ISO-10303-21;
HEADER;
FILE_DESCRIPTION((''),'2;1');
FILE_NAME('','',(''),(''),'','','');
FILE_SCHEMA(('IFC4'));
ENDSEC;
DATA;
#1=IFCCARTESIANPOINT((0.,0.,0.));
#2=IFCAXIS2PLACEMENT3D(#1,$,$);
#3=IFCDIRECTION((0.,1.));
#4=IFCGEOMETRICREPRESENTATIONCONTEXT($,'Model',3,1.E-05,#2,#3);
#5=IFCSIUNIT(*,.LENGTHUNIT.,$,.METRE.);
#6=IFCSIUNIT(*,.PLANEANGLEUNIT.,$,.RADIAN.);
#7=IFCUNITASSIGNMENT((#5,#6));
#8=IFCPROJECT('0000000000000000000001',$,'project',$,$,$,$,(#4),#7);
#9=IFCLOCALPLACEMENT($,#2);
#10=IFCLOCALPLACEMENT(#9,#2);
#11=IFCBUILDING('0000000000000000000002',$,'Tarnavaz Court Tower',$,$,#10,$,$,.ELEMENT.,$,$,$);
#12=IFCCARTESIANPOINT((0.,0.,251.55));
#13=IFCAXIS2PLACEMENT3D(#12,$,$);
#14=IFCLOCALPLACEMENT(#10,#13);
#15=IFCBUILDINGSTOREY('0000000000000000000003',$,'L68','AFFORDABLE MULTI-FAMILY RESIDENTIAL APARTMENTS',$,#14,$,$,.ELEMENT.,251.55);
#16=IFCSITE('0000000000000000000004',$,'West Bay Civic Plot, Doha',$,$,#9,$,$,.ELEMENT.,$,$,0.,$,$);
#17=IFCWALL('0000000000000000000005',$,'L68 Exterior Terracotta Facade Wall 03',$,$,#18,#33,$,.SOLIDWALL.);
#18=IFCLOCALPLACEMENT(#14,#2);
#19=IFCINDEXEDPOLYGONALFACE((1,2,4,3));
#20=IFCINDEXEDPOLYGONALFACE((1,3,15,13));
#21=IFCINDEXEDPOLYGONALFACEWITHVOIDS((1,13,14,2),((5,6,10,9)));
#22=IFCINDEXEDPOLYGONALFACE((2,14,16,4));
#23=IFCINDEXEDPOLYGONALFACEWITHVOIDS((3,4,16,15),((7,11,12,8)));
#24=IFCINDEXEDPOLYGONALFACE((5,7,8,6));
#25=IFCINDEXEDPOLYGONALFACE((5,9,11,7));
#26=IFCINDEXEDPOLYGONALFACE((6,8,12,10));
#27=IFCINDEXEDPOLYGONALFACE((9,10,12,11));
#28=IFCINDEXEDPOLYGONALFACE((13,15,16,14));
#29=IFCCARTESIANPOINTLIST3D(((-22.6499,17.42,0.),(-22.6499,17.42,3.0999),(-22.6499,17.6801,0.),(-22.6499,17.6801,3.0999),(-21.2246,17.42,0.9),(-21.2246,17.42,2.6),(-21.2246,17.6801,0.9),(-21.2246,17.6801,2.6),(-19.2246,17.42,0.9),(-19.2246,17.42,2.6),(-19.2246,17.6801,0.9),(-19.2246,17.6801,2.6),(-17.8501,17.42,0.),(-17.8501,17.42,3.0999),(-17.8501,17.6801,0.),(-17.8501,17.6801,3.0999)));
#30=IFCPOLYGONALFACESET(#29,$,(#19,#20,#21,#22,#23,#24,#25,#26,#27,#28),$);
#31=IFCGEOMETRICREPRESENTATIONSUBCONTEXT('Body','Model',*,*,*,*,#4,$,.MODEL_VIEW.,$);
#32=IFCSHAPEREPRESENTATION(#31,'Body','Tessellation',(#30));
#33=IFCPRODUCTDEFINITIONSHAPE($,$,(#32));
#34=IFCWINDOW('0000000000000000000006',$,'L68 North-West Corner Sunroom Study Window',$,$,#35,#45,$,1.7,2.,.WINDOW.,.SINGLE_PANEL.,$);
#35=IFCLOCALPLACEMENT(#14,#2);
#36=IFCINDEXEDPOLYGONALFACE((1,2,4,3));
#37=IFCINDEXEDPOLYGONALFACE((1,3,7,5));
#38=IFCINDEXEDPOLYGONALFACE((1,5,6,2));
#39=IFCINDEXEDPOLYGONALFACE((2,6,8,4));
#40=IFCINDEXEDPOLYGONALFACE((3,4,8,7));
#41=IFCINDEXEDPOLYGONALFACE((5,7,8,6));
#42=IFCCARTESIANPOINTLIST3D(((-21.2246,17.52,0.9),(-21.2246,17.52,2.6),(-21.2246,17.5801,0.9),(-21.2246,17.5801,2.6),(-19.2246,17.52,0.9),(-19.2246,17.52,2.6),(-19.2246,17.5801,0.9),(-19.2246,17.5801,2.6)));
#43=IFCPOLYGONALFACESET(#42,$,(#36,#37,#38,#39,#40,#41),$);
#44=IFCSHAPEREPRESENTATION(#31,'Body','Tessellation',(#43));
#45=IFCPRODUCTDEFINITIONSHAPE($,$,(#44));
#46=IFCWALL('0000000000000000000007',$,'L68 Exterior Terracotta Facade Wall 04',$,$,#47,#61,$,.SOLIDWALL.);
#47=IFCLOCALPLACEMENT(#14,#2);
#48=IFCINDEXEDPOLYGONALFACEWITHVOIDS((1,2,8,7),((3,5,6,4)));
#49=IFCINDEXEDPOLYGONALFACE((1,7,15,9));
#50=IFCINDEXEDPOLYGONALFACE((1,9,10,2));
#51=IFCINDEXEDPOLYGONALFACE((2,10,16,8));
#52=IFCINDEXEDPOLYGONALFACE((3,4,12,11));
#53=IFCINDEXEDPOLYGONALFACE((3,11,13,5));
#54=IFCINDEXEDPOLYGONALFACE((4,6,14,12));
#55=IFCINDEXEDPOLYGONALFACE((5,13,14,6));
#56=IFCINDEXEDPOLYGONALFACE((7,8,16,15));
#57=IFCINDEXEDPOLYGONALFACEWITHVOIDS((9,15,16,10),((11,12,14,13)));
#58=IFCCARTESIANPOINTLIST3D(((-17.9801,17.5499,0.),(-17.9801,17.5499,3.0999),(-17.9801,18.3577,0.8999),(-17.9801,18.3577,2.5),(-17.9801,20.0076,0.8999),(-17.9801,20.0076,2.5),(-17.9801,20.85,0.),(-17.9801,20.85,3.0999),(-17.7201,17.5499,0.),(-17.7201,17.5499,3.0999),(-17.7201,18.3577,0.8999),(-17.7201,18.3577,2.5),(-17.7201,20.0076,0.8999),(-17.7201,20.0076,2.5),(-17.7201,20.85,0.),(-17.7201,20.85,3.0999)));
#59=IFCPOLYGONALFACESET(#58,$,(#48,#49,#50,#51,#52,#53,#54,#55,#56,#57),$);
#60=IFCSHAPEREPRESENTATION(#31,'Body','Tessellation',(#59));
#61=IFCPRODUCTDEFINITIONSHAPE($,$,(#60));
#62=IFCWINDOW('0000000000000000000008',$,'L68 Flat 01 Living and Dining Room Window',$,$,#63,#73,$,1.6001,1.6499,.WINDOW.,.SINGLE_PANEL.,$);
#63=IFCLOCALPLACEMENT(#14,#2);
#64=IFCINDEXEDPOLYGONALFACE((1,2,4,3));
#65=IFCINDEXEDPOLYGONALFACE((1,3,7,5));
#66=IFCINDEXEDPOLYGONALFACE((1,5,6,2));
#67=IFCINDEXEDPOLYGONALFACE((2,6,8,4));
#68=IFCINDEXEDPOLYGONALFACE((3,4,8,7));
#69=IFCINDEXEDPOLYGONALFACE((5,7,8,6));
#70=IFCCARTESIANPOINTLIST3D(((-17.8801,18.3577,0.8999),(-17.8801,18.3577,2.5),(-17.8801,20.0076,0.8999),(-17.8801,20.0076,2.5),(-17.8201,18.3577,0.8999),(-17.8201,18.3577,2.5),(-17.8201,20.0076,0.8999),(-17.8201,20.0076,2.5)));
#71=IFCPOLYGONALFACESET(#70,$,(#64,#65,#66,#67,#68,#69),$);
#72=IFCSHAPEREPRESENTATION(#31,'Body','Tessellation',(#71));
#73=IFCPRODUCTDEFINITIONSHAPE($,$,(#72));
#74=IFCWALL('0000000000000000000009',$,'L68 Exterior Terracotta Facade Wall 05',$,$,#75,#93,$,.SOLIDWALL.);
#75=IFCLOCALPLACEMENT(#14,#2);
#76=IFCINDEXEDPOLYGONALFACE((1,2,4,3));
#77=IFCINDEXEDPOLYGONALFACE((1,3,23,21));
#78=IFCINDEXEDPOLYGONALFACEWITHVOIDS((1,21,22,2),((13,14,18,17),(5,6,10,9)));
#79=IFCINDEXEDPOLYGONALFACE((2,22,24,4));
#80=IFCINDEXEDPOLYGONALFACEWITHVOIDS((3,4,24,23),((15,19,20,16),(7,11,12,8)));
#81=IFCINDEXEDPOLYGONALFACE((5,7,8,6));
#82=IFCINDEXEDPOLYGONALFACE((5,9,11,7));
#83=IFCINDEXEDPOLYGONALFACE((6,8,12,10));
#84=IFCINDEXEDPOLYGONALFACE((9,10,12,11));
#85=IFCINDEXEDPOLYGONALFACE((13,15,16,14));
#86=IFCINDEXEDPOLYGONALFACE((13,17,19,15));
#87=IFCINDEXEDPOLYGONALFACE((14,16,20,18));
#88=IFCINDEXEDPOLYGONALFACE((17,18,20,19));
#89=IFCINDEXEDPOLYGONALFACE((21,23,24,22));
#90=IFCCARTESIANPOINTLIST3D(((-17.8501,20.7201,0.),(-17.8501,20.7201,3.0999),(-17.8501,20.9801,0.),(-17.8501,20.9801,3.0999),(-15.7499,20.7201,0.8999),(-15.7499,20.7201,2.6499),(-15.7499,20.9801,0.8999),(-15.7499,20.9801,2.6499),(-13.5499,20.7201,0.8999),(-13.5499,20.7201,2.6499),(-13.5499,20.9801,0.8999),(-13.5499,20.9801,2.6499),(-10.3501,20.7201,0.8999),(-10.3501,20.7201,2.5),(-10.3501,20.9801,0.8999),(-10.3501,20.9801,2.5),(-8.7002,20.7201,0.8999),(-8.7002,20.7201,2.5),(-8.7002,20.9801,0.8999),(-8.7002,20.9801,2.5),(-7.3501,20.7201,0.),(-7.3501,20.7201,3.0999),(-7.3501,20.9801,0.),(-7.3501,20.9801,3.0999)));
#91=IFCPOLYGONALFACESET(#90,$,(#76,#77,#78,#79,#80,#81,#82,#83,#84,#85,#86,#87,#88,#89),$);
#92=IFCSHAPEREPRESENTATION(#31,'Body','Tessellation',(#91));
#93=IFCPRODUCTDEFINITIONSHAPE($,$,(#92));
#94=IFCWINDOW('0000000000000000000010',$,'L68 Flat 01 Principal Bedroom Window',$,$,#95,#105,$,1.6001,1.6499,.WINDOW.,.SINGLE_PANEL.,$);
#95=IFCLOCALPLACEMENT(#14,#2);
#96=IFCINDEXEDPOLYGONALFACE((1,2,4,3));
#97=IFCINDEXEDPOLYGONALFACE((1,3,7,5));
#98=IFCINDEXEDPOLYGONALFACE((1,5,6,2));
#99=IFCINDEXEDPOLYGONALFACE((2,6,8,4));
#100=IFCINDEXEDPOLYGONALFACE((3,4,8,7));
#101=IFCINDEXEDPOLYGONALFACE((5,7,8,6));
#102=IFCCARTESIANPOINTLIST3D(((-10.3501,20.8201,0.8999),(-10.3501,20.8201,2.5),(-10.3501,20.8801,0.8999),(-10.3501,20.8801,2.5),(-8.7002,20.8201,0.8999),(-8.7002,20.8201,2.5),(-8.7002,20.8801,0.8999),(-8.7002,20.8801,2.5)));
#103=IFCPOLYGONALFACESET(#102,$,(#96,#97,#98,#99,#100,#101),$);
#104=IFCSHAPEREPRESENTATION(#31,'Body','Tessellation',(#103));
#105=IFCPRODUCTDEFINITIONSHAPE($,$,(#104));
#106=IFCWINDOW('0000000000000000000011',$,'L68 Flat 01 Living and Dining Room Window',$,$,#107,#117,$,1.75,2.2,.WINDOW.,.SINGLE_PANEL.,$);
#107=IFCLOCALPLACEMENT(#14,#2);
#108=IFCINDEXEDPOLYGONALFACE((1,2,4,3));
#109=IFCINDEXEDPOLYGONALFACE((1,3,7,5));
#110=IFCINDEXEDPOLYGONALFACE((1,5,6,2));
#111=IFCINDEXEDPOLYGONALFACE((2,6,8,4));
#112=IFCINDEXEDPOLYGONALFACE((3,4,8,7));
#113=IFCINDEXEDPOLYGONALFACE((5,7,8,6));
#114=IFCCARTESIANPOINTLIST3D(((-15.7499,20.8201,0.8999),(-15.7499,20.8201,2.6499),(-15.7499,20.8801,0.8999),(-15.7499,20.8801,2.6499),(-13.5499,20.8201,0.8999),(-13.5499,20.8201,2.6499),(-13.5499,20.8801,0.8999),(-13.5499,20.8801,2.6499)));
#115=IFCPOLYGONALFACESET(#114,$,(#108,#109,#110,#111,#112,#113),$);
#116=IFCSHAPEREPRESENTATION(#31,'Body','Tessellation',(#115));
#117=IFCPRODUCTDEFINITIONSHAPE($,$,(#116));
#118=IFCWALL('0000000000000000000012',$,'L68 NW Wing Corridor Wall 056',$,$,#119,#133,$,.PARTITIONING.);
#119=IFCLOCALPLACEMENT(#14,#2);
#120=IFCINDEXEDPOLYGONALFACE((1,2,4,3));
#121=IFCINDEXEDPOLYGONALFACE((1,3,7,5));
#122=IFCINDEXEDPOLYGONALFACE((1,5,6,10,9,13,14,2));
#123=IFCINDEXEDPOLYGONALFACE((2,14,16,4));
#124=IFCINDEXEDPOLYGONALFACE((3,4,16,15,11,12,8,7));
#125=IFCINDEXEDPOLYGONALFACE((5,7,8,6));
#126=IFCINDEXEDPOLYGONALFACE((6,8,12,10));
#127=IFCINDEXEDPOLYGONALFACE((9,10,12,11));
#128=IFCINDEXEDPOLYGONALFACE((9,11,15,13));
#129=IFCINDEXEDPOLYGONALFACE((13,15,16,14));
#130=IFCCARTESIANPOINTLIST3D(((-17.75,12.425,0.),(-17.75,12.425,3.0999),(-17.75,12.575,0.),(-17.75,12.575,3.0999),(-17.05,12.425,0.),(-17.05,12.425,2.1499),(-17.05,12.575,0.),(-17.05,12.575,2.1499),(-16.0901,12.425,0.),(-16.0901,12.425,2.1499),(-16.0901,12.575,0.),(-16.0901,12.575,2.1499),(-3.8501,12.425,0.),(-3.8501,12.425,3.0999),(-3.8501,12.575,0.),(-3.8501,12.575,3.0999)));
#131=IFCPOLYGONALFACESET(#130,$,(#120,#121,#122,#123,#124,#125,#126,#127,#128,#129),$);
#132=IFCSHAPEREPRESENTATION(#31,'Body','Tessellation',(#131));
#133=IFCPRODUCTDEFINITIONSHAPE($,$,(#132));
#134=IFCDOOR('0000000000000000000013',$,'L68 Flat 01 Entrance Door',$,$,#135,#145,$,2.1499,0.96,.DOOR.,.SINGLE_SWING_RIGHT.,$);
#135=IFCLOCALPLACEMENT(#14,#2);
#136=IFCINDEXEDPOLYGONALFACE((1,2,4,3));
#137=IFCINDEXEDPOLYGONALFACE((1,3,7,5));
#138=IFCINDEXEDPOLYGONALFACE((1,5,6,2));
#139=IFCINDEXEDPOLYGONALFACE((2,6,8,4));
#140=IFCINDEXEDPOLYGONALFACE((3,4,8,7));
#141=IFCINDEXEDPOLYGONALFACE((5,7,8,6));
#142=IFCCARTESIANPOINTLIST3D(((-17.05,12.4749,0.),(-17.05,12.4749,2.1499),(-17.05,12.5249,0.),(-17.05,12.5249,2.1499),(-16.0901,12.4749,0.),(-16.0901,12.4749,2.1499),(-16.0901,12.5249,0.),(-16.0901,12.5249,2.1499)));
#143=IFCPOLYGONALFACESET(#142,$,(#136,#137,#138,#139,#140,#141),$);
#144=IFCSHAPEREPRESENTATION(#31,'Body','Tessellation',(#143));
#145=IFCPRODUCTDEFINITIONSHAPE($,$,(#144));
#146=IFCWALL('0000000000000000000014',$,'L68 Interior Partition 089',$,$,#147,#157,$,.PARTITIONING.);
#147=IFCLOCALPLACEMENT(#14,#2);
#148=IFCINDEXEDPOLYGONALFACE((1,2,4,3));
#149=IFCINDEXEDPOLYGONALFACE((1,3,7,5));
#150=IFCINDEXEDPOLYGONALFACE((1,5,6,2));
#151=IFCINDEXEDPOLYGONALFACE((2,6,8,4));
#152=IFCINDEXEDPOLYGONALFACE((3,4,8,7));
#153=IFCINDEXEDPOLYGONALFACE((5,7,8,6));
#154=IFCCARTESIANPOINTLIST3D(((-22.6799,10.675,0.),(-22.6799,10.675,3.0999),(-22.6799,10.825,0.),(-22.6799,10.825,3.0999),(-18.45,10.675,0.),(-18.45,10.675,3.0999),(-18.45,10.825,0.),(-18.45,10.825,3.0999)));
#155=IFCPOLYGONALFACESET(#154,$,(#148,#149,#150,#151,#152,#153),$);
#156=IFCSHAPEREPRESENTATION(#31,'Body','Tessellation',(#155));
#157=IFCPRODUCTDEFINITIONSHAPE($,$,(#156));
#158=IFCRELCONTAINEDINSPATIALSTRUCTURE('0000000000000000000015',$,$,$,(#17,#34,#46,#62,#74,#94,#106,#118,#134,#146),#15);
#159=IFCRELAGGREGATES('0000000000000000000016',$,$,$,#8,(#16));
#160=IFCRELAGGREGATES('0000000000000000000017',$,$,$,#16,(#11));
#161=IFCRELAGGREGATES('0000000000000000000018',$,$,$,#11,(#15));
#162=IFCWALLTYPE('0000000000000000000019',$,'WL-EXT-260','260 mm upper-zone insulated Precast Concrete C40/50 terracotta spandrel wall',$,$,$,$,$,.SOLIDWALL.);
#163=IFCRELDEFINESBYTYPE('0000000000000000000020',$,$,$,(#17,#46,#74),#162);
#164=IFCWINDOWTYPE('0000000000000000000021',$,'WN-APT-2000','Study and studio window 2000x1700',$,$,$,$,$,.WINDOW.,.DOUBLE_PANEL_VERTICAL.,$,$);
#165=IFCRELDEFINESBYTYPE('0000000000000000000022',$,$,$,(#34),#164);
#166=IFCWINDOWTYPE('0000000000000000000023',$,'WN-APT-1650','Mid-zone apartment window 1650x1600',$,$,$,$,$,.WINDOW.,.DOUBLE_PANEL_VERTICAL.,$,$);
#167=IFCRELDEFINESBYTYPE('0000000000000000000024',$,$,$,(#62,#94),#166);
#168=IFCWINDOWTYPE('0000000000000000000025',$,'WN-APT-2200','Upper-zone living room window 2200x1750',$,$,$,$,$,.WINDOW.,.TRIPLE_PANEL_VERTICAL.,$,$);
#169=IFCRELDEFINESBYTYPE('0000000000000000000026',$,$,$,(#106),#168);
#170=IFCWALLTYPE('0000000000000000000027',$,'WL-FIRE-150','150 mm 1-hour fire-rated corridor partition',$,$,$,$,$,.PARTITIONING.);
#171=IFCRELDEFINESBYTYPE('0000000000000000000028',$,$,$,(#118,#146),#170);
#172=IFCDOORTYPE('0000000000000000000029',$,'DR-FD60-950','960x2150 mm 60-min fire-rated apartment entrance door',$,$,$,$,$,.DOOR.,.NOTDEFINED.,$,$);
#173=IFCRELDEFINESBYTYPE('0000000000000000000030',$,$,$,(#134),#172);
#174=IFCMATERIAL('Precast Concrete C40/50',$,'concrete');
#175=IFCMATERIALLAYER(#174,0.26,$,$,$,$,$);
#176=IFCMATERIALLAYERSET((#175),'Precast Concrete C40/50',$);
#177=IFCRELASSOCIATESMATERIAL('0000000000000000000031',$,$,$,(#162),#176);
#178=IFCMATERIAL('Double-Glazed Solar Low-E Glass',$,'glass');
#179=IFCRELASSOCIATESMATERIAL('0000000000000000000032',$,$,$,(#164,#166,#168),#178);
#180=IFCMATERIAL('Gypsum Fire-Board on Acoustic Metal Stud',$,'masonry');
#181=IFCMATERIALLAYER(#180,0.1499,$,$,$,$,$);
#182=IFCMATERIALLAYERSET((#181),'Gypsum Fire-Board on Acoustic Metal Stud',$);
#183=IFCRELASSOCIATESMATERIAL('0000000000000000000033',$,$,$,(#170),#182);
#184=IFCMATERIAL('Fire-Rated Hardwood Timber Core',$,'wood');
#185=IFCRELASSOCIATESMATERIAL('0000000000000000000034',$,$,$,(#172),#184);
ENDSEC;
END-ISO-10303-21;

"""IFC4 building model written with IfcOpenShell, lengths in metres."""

from ifc_helpers import new_model, si_unit, direction, frame, frame_2d, origin, place, context, subcontext, project, spatial, rectangle, extrude, material, layer, layer_set, type_object, element, fill, save


model = new_model("IFC4")

# Units and contexts
model_context = context("Model", 3, precision=1e-05, world=origin(), true_north=direction((0.0, 1.0)))
body_context = subcontext(model_context, "Body", "Model", "MODEL_VIEW")
ifc_project = project(units=[si_unit("LENGTHUNIT", "METRE"), si_unit("PLANEANGLEUNIT", "RADIAN")], contexts=[model_context])

# Site, building, storey
site_placement = place(None, origin())
site = spatial("IfcSite", under=ifc_project, at=site_placement, Name="West Bay Civic Plot, Doha", CompositionType="ELEMENT", RefElevation=0.0)
building_placement = place(site_placement, origin())
building = spatial("IfcBuilding", under=site, at=building_placement, Name="Tarnavaz Court Tower", CompositionType="ELEMENT")
storey_placement = place(building_placement, frame((0.0, 0.0, 251.55)))
storey = spatial("IfcBuildingStorey", under=building, at=storey_placement, Name="L68", Description="AFFORDABLE MULTI-FAMILY RESIDENTIAL APARTMENTS", CompositionType="ELEMENT", Elevation=251.55)

# Walls, openings, windows
ifc_material_1 = material(Name="Precast Concrete C40/50", Category="concrete")
ifc_layer_1 = layer(ifc_material_1, 0.26)
ifc_layer_set_1 = layer_set([ifc_layer_1], Name="Precast Concrete C40/50")
wall_type_1 = type_object("IfcWallType", Name="WL-EXT-260", Description="260 mm upper-zone insulated Precast Concrete C40/50 terracotta spandrel wall", PredefinedType="SOLIDWALL", material=ifc_layer_set_1)
wall_1_placement = place(storey_placement, frame((-22.6499, 17.55, 0.0), z_axis=(0.0, 0.0, 1.0), x_axis=(1.0, 0.0, 0.0)))
wall_1 = element("IfcWall", 1, at=wall_1_placement, inside=storey, type_object=wall_type_1, Name="L68 Exterior Terracotta Facade Wall 03", PredefinedType="SOLIDWALL", context=body_context, shape_type="SweptSolid", body=[
    extrude(rectangle(XDim=4.7998, YDim=0.26, at=frame_2d((2.3999, 0.0))), origin(), (0.0, 0.0, 1.0), 3.0999),
])
opening_1_placement = place(wall_1_placement, frame((1.4253, 0.0, 0.8999)))
opening_1 = element("IfcOpeningElement", 2, at=opening_1_placement, cuts=wall_1, PredefinedType="OPENING", context=body_context, shape_type="SweptSolid", body=[
    extrude(rectangle(XDim=2.0, YDim=1.7, at=frame_2d((1.0, 0.8501))), frame((0.0, 0.1399, 0.0), z_axis=(0.0, -1.0, 0.0), x_axis=(1.0, 0.0, 0.0)), (0.0, 0.0, 1.0), 0.28),
])
ifc_material_2 = material(Name="Double-Glazed Solar Low-E Glass", Category="glass")
window_type_1 = type_object("IfcWindowType", Name="WN-APT-2000", Description="Study and studio window 2000x1700", PartitioningType="DOUBLE_PANEL_VERTICAL", PredefinedType="WINDOW", material=ifc_material_2)
window_1_placement = place(opening_1_placement, origin())
window_1 = element("IfcWindow", 3, at=window_1_placement, inside=storey, type_object=window_type_1, Name="L68 North-West Corner Sunroom Study Window", OverallHeight=1.7, OverallWidth=2.0, PartitioningType="SINGLE_PANEL", PredefinedType="WINDOW", context=body_context, shape_type="SweptSolid", body=[
    extrude(rectangle(XDim=2.0, YDim=1.7, at=frame_2d((1.0, 0.8501))), frame((0.0, 0.03, 0.0), z_axis=(0.0, -1.0, 0.0), x_axis=(1.0, 0.0, 0.0)), (0.0, 0.0, 1.0), 0.0601),
])
fill(opening_1, window_1)
wall_2_placement = place(storey_placement, frame((-17.8501, 17.55, 0.0), z_axis=(0.0, 0.0, 1.0), x_axis=(0.0, 1.0, 0.0)))
wall_2 = element("IfcWall", 4, at=wall_2_placement, inside=storey, type_object=wall_type_1, Name="L68 Exterior Terracotta Facade Wall 04", PredefinedType="SOLIDWALL", context=body_context, shape_type="SweptSolid", body=[
    extrude(rectangle(XDim=3.3, YDim=0.26, at=frame_2d((1.6499, 0.0))), origin(), (0.0, 0.0, 1.0), 3.0999),
])
opening_2_placement = place(wall_2_placement, frame((0.8076, 0.0, 0.8999)))
opening_2 = element("IfcOpeningElement", 5, at=opening_2_placement, cuts=wall_2, PredefinedType="OPENING", context=body_context, shape_type="SweptSolid", body=[
    extrude(rectangle(XDim=1.6499, YDim=1.6001, at=frame_2d((0.825, 0.8))), frame((0.0, 0.1399, 0.0), z_axis=(0.0, -1.0, 0.0), x_axis=(1.0, 0.0, 0.0)), (0.0, 0.0, 1.0), 0.28),
])
window_type_2 = type_object("IfcWindowType", Name="WN-APT-1650", Description="Mid-zone apartment window 1650x1600", PartitioningType="DOUBLE_PANEL_VERTICAL", PredefinedType="WINDOW", material=ifc_material_2)
window_2_placement = place(opening_2_placement, origin())
window_2 = element("IfcWindow", 6, at=window_2_placement, inside=storey, type_object=window_type_2, Name="L68 Flat 01 Living and Dining Room Window", OverallHeight=1.6001, OverallWidth=1.6499, PartitioningType="SINGLE_PANEL", PredefinedType="WINDOW", context=body_context, shape_type="SweptSolid", body=[
    extrude(rectangle(XDim=1.6499, YDim=1.6001, at=frame_2d((0.825, 0.8))), frame((0.0, 0.03, 0.0), z_axis=(0.0, -1.0, 0.0), x_axis=(1.0, 0.0, 0.0)), (0.0, 0.0, 1.0), 0.0601),
])
fill(opening_2, window_2)

# Wall, openings, windows
wall_3_placement = place(storey_placement, frame((-17.8501, 20.8501, 0.0), z_axis=(0.0, 0.0, 1.0), x_axis=(1.0, 0.0, 0.0)))
wall_3 = element("IfcWall", 7, at=wall_3_placement, inside=storey, type_object=wall_type_1, Name="L68 Exterior Terracotta Facade Wall 05", PredefinedType="SOLIDWALL", context=body_context, shape_type="SweptSolid", body=[
    extrude(rectangle(XDim=10.5, YDim=0.26, at=frame_2d((5.25, 0.0))), origin(), (0.0, 0.0, 1.0), 3.0999),
])
opening_3_placement = place(wall_3_placement, frame((2.1001, 0.0, 0.8999)))
opening_3 = element("IfcOpeningElement", 8, at=opening_3_placement, cuts=wall_3, PredefinedType="OPENING", context=body_context, shape_type="SweptSolid", body=[
    extrude(rectangle(XDim=2.2, YDim=1.75, at=frame_2d((1.1001, 0.875))), frame((0.0, 0.1399, 0.0), z_axis=(0.0, -1.0, 0.0), x_axis=(1.0, 0.0, 0.0)), (0.0, 0.0, 1.0), 0.28),
])
opening_4_placement = place(wall_3_placement, frame((7.5, 0.0, 0.8999)))
opening_4 = element("IfcOpeningElement", 9, at=opening_4_placement, cuts=wall_3, PredefinedType="OPENING", context=body_context, shape_type="SweptSolid", body=[
    extrude(rectangle(XDim=1.6499, YDim=1.6001, at=frame_2d((0.825, 0.8))), frame((0.0, 0.1399, 0.0), z_axis=(0.0, -1.0, 0.0), x_axis=(1.0, 0.0, 0.0)), (0.0, 0.0, 1.0), 0.28),
])
window_3_placement = place(opening_4_placement, origin())
window_3 = element("IfcWindow", 10, at=window_3_placement, inside=storey, type_object=window_type_2, Name="L68 Flat 01 Principal Bedroom Window", OverallHeight=1.6001, OverallWidth=1.6499, PartitioningType="SINGLE_PANEL", PredefinedType="WINDOW", context=body_context, shape_type="SweptSolid", body=[
    extrude(rectangle(XDim=1.6499, YDim=1.6001, at=frame_2d((0.825, 0.8))), frame((0.0, 0.03, 0.0), z_axis=(0.0, -1.0, 0.0), x_axis=(1.0, 0.0, 0.0)), (0.0, 0.0, 1.0), 0.0601),
])
fill(opening_4, window_3)
window_type_3 = type_object("IfcWindowType", Name="WN-APT-2200", Description="Upper-zone living room window 2200x1750", PartitioningType="TRIPLE_PANEL_VERTICAL", PredefinedType="WINDOW", material=ifc_material_2)
window_4_placement = place(opening_3_placement, origin())
window_4 = element("IfcWindow", 11, at=window_4_placement, inside=storey, type_object=window_type_3, Name="L68 Flat 01 Living and Dining Room Window", OverallHeight=1.75, OverallWidth=2.2, PartitioningType="SINGLE_PANEL", PredefinedType="WINDOW", context=body_context, shape_type="SweptSolid", body=[
    extrude(rectangle(XDim=2.2, YDim=1.75, at=frame_2d((1.1001, 0.875))), frame((0.0, 0.03, 0.0), z_axis=(0.0, -1.0, 0.0), x_axis=(1.0, 0.0, 0.0)), (0.0, 0.0, 1.0), 0.0601),
])
fill(opening_3, window_4)

# Wall, opening, door
ifc_material_3 = material(Name="Gypsum Fire-Board on Acoustic Metal Stud", Category="masonry")
ifc_layer_2 = layer(ifc_material_3, 0.1499)
ifc_layer_set_2 = layer_set([ifc_layer_2], Name="Gypsum Fire-Board on Acoustic Metal Stud")
wall_type_2 = type_object("IfcWallType", Name="WL-FIRE-150", Description="150 mm 1-hour fire-rated corridor partition", PredefinedType="PARTITIONING", material=ifc_layer_set_2)
wall_4_placement = place(storey_placement, frame((-17.75, 12.5, 0.0), z_axis=(0.0, 0.0, 1.0), x_axis=(1.0, 0.0, 0.0)))
wall_4 = element("IfcWall", 12, at=wall_4_placement, inside=storey, type_object=wall_type_2, Name="L68 NW Wing Corridor Wall 056", PredefinedType="PARTITIONING", context=body_context, shape_type="SweptSolid", body=[
    extrude(rectangle(XDim=13.8999, YDim=0.1499, at=frame_2d((6.95, 0.0))), origin(), (0.0, 0.0, 1.0), 3.0999),
])
opening_5_placement = place(wall_4_placement, frame((0.7, 0.0, 0.0)))
opening_5 = element("IfcOpeningElement", 13, at=opening_5_placement, cuts=wall_4, PredefinedType="OPENING", context=body_context, shape_type="SweptSolid", body=[
    extrude(rectangle(XDim=0.96, YDim=2.1499, at=frame_2d((0.48, 1.075))), frame((0.0, 0.085, 0.0), z_axis=(0.0, -1.0, 0.0), x_axis=(1.0, 0.0, 0.0)), (0.0, 0.0, 1.0), 0.1699),
])
ifc_material_4 = material(Name="Fire-Rated Hardwood Timber Core", Category="wood")
door_type_1 = type_object("IfcDoorType", Name="DR-FD60-950", Description="960x2150 mm 60-min fire-rated apartment entrance door", OperationType="NOTDEFINED", PredefinedType="DOOR", material=ifc_material_4)
door_1_placement = place(opening_5_placement, origin())
door_1 = element("IfcDoor", 14, at=door_1_placement, inside=storey, type_object=door_type_1, Name="L68 Flat 01 Entrance Door", OperationType="SINGLE_SWING_RIGHT", OverallHeight=2.1499, OverallWidth=0.96, PredefinedType="DOOR", context=body_context, shape_type="SweptSolid", body=[
    extrude(rectangle(XDim=0.96, YDim=2.1499, at=frame_2d((0.48, 1.075))), frame((0.0, 0.0249, 0.0), z_axis=(0.0, -1.0, 0.0), x_axis=(1.0, 0.0, 0.0)), (0.0, 0.0, 1.0), 0.05),
])
fill(opening_5, door_1)

# Wall
wall_5_placement = place(storey_placement, frame((-22.6799, 10.75, 0.0), z_axis=(0.0, 0.0, 1.0), x_axis=(1.0, 0.0, 0.0)))
element("IfcWall", 15, at=wall_5_placement, inside=storey, type_object=wall_type_2, Name="L68 Interior Partition 089", PredefinedType="PARTITIONING", context=body_context, shape_type="SweptSolid", body=[
    extrude(rectangle(XDim=4.23, YDim=0.1499, at=frame_2d((2.115, 0.0))), origin(), (0.0, 0.0, 1.0), 3.0999),
])

save(model, "model.ifc")
